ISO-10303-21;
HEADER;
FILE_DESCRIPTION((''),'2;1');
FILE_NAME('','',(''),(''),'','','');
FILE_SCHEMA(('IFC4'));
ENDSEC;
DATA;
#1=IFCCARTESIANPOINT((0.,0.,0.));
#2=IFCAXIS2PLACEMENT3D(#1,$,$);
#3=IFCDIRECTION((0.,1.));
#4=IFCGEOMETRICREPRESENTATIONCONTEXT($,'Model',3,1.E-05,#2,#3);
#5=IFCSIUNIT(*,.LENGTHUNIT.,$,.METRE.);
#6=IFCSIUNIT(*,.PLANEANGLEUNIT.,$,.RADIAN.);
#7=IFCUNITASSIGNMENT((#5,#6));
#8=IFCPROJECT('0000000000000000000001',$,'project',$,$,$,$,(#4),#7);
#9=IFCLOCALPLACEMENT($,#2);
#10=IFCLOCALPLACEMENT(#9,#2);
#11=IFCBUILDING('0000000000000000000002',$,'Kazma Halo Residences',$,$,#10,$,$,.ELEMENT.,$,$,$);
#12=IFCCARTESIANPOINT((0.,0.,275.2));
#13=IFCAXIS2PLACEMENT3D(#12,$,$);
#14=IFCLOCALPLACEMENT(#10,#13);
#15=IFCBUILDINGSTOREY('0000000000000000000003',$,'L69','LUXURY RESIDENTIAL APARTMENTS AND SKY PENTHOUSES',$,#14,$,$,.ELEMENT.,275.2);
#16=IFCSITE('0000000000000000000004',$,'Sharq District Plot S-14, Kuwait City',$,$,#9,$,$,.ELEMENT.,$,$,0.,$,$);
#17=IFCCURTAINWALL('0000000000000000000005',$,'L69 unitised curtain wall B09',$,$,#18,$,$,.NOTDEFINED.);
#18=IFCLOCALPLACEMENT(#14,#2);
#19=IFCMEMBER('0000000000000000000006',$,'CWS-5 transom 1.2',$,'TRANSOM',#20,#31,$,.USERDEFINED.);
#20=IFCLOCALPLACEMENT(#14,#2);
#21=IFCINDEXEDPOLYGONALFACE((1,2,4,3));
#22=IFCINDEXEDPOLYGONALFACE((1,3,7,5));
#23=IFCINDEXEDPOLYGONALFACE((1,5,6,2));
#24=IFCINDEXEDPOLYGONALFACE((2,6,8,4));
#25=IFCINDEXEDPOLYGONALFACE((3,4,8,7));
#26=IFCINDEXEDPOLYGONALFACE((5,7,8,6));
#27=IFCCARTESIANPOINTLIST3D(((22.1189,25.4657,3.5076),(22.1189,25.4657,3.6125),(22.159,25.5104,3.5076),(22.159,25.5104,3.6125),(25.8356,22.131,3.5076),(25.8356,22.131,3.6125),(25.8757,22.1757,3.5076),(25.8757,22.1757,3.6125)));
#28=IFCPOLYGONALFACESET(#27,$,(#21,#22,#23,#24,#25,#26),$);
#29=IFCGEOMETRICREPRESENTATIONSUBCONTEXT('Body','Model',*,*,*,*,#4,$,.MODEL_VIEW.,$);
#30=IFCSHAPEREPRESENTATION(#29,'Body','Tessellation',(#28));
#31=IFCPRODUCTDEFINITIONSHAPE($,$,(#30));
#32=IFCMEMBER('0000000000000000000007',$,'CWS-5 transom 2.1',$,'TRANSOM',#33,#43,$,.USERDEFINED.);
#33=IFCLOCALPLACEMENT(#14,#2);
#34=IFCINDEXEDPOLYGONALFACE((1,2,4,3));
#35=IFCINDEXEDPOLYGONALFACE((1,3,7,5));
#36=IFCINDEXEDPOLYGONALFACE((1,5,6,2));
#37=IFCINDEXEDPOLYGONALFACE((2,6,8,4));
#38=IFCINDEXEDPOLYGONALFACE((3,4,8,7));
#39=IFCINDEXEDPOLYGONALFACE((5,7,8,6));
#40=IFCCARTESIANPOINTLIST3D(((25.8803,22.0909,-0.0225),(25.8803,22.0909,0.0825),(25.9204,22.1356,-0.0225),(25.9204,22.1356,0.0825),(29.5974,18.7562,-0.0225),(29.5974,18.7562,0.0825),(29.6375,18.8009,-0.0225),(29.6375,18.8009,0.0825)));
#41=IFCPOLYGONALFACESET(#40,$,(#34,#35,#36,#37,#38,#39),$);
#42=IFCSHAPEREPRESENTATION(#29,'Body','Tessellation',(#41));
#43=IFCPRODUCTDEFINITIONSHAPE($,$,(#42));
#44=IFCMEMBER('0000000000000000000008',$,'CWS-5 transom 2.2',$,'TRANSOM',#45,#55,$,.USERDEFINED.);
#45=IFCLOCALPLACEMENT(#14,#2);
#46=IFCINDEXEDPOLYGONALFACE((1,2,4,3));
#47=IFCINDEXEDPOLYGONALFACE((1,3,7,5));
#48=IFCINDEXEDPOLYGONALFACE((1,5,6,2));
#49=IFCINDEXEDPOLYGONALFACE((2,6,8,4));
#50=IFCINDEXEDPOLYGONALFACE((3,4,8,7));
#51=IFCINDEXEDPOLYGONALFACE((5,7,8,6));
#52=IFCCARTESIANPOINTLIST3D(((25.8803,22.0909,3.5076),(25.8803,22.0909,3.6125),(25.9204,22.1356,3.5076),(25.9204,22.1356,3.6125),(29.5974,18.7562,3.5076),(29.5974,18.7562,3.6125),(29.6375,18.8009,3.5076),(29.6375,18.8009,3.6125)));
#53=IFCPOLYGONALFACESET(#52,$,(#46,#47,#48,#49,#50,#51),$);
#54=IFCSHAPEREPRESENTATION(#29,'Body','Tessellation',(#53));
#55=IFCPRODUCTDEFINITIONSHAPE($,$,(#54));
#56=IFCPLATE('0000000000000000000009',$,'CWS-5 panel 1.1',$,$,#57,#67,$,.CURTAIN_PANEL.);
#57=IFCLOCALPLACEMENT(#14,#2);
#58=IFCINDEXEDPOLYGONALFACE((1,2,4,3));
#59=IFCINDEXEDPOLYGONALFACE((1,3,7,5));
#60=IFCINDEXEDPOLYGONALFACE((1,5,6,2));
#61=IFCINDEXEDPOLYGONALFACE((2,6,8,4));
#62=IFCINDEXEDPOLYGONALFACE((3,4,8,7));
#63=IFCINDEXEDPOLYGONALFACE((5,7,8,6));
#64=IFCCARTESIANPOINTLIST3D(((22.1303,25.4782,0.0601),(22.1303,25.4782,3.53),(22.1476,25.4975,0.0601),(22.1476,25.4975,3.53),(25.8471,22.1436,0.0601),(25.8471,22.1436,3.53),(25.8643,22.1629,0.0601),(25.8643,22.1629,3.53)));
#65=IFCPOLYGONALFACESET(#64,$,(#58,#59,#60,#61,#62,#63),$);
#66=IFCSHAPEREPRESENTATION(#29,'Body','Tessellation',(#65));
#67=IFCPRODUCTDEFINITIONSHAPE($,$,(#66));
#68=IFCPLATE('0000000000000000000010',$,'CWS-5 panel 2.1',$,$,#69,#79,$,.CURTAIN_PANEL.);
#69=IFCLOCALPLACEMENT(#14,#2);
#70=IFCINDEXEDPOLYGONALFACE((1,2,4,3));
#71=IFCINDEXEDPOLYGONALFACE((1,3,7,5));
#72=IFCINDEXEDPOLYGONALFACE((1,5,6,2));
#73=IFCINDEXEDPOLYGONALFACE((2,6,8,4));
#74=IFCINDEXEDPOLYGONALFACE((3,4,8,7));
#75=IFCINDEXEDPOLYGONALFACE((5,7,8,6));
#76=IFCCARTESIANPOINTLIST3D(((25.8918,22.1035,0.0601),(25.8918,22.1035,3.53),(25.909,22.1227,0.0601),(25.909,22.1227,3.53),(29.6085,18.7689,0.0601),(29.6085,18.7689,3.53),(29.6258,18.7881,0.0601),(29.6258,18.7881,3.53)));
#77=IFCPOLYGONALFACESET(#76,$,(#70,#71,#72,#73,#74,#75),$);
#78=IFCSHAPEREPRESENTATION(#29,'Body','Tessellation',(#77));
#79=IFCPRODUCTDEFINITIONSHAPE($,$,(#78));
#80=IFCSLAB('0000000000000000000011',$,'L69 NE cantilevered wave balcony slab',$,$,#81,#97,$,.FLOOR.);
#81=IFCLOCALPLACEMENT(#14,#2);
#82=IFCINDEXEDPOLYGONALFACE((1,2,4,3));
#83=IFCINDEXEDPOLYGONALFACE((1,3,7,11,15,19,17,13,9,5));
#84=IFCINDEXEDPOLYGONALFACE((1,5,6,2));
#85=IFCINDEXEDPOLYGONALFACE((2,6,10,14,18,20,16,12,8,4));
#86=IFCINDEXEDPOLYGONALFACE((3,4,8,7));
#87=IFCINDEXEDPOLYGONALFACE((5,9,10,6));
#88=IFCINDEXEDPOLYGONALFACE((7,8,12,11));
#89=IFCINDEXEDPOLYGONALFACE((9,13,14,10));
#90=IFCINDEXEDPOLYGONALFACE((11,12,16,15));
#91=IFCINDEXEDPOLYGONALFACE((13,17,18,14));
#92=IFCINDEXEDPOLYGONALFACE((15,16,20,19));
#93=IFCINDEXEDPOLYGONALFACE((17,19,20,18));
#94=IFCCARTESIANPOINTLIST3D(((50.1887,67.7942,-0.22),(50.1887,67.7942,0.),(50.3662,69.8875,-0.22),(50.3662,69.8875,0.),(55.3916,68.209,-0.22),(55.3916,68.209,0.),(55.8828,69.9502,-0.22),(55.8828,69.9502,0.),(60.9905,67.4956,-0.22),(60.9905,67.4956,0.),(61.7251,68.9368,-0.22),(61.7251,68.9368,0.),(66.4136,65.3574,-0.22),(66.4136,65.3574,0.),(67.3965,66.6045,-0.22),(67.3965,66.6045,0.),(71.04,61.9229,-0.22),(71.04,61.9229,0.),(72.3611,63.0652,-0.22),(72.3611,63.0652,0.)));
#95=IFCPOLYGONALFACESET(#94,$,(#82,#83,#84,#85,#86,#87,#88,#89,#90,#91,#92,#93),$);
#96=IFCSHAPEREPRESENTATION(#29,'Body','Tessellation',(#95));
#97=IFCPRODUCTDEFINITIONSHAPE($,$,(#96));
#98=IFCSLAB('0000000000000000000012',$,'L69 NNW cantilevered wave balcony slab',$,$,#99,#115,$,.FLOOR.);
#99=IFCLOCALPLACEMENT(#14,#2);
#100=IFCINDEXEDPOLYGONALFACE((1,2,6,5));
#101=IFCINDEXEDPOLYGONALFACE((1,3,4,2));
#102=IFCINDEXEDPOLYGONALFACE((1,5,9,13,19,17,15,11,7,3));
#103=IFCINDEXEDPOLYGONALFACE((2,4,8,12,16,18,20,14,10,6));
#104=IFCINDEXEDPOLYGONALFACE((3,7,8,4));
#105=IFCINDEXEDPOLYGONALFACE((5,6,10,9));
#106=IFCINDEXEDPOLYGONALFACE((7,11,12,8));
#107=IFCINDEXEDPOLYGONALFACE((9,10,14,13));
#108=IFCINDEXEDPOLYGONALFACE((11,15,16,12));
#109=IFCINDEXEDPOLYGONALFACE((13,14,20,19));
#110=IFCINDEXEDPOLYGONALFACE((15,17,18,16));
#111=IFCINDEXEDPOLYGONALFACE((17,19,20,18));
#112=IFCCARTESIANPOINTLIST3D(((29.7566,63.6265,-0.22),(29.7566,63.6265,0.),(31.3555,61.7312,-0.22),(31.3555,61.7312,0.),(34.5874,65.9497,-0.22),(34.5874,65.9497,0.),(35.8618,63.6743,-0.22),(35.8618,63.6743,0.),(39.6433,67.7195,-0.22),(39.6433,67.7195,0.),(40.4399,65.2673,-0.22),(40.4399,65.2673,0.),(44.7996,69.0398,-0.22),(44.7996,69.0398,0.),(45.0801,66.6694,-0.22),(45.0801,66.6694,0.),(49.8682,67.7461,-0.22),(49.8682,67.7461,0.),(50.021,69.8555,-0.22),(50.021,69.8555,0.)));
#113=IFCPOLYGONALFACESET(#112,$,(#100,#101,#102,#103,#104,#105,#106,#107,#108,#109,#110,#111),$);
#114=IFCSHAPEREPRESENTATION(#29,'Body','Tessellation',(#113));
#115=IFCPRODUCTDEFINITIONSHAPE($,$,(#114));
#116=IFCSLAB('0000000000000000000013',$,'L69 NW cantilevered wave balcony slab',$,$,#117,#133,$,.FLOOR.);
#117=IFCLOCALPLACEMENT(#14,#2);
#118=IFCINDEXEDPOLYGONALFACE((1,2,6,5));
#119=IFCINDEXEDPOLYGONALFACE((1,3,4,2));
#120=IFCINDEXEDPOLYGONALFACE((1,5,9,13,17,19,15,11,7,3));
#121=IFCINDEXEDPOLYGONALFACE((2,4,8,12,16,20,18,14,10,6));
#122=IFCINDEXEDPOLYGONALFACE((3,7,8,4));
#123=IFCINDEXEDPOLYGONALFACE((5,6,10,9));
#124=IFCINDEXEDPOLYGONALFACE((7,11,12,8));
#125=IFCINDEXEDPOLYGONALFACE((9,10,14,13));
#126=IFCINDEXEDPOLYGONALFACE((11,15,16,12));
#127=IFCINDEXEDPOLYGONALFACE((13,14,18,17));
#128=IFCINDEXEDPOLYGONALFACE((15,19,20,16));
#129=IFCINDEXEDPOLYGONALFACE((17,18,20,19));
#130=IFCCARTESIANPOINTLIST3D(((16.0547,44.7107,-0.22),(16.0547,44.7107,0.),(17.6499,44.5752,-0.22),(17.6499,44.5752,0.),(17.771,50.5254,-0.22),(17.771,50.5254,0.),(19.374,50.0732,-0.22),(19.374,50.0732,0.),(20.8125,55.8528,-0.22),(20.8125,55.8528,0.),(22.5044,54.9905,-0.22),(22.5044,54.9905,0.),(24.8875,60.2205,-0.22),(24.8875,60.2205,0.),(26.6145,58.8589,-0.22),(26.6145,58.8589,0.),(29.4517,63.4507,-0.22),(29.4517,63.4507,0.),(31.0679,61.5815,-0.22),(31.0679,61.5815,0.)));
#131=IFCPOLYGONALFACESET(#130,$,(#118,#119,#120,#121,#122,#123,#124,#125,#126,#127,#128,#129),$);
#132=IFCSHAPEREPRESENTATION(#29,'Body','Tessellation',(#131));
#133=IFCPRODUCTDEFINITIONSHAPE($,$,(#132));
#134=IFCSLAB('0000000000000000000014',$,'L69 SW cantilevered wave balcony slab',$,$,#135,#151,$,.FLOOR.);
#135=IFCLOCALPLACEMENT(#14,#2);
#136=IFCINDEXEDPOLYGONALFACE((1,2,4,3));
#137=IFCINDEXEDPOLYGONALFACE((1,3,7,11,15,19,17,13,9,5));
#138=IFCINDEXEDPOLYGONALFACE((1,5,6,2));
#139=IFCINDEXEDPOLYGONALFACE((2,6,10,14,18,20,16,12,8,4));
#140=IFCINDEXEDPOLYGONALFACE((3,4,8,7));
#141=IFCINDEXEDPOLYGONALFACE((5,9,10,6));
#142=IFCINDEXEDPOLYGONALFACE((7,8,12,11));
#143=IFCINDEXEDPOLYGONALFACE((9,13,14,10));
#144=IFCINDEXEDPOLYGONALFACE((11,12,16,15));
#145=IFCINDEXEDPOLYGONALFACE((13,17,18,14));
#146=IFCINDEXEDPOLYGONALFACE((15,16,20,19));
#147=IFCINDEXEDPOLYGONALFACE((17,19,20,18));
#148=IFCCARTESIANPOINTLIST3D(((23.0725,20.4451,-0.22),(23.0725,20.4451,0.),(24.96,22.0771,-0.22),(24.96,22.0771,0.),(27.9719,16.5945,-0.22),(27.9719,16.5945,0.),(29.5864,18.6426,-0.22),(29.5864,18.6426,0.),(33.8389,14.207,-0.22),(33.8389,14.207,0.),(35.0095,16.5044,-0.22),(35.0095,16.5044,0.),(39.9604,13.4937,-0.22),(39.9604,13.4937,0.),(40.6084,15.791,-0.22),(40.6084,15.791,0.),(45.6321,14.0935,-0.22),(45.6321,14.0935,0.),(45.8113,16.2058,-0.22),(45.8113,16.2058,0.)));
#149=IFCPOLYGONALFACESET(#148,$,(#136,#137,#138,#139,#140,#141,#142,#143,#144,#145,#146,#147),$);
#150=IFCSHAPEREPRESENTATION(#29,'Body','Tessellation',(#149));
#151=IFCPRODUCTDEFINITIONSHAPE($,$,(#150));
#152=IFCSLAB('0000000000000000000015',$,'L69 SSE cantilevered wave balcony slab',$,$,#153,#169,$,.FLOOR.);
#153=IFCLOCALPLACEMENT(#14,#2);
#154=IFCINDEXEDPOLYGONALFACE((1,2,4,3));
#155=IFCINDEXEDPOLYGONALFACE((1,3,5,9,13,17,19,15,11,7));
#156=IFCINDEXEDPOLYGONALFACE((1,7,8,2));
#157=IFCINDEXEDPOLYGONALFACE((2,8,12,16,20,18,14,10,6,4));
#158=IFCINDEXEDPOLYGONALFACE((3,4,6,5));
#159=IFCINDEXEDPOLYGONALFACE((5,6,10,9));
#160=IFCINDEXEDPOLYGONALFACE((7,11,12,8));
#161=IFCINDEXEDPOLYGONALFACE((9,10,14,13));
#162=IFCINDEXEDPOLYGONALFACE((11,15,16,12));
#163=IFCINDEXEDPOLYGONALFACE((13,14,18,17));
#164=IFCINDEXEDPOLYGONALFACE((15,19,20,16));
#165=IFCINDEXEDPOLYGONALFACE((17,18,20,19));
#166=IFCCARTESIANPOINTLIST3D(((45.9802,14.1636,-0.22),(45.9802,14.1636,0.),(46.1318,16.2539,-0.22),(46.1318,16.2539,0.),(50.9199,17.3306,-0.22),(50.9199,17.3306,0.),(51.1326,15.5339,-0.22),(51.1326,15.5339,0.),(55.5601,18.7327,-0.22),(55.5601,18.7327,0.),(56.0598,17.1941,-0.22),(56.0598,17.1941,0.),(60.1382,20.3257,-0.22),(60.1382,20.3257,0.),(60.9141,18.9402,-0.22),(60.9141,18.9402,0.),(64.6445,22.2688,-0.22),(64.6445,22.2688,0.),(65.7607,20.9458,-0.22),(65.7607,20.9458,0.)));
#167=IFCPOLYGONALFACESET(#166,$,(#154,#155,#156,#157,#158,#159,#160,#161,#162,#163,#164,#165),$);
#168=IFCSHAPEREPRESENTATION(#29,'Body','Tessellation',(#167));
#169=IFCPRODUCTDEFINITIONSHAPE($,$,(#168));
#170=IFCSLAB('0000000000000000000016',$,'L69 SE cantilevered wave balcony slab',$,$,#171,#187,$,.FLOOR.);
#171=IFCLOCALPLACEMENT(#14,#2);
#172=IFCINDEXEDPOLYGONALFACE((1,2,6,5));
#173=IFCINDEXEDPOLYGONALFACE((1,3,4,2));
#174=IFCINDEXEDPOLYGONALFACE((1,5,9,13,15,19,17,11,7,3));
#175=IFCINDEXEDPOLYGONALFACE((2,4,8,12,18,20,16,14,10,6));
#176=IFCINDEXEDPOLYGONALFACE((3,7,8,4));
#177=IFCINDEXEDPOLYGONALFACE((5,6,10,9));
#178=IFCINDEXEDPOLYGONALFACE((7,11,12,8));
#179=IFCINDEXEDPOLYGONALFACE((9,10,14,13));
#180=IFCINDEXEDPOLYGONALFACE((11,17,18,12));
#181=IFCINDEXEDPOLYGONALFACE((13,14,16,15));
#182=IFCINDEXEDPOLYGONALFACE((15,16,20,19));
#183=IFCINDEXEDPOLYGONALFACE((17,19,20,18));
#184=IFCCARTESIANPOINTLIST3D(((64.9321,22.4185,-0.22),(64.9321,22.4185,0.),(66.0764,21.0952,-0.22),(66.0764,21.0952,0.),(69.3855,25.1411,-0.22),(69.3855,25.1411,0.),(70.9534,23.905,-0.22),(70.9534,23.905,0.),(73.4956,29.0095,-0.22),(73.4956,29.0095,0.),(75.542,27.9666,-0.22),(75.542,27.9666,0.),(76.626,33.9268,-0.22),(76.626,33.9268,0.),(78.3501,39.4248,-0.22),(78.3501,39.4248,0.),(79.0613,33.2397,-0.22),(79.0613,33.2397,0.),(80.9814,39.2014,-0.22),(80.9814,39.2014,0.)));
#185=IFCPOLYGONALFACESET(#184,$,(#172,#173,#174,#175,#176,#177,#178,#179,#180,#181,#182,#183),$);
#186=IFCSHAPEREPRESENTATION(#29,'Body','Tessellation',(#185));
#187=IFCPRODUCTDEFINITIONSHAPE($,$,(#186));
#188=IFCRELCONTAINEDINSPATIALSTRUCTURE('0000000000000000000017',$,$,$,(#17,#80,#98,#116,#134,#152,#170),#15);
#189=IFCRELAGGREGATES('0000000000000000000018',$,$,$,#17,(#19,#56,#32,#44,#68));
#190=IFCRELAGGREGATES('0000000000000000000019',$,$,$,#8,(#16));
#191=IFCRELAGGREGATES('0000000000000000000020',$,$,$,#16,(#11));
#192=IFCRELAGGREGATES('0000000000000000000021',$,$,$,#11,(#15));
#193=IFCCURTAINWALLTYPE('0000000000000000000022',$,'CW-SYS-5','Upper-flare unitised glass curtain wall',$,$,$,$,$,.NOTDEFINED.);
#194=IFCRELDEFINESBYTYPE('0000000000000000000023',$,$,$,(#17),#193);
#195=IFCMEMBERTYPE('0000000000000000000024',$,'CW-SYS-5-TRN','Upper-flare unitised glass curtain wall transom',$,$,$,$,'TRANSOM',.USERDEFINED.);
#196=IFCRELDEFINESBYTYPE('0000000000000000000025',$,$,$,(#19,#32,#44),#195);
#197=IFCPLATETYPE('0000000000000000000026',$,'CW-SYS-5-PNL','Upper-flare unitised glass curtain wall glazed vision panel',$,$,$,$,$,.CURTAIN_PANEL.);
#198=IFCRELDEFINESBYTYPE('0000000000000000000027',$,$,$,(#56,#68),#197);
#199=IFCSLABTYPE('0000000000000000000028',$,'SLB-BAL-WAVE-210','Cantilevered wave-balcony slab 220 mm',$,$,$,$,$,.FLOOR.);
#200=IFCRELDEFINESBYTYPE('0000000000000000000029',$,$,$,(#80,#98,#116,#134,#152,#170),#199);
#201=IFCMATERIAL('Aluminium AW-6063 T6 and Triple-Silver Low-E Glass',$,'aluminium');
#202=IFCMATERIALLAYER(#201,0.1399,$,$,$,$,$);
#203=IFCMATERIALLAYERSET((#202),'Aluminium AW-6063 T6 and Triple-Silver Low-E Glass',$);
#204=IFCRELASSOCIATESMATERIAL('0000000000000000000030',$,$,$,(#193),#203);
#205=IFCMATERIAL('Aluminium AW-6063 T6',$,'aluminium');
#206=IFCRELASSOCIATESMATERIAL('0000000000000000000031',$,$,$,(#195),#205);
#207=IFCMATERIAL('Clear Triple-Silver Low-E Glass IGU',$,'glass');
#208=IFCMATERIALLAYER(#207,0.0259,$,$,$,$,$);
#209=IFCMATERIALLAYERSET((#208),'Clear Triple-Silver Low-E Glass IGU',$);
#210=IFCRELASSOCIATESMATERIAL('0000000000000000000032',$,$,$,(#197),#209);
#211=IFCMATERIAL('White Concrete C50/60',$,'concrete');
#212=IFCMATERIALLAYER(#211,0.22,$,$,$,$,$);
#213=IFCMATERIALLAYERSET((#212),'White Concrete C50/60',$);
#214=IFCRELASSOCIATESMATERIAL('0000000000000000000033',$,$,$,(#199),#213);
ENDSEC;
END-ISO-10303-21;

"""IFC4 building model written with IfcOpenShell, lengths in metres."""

from ifc_helpers import new_model, si_unit, direction, frame, origin, origin_2d, place, context, subcontext, project, spatial, polyline, rectangle, outline, extrude, material, layer, layer_set, material_profile, profile_set, type_object, element, aggregate, save


model = new_model("IFC4")

# Units and contexts
model_context = context("Model", 3, precision=1e-05, world=origin(), true_north=direction((0.0, 1.0)))
body_context = subcontext(model_context, "Body", "Model", "MODEL_VIEW")
ifc_project = project(units=[si_unit("LENGTHUNIT", "METRE"), si_unit("PLANEANGLEUNIT", "RADIAN")], contexts=[model_context])

# Site, building, storey
site_placement = place(None, origin())
site = spatial("IfcSite", under=ifc_project, at=site_placement, Name="Sharq District Plot S-14, Kuwait City", CompositionType="ELEMENT", RefElevation=0.0)
building_placement = place(site_placement, origin())
building = spatial("IfcBuilding", under=site, at=building_placement, Name="Kazma Halo Residences", CompositionType="ELEMENT")
storey_placement = place(building_placement, frame((0.0, 0.0, 275.2)))
storey = spatial("IfcBuildingStorey", under=building, at=storey_placement, Name="L69", Description="LUXURY RESIDENTIAL APARTMENTS AND SKY PENTHOUSES", CompositionType="ELEMENT", Elevation=275.2)

# Curtain wall, members, plates
ifc_material_1 = material(Name="Aluminium AW-6063 T6 and Triple-Silver Low-E Glass", Category="aluminium")
ifc_layer_1 = layer(ifc_material_1, 0.1399)
ifc_layer_set_1 = layer_set([ifc_layer_1], Name="Aluminium AW-6063 T6 and Triple-Silver Low-E Glass")
curtain_wall_type = type_object("IfcCurtainWallType", Name="CW-SYS-5", Description="Upper-flare unitised glass curtain wall", PredefinedType="NOTDEFINED", material=ifc_layer_set_1)
curtain_wall_placement = place(storey_placement, origin())
curtain_wall = element("IfcCurtainWall", 1, at=curtain_wall_placement, inside=storey, type_object=curtain_wall_type, Name="L69 unitised curtain wall B09", PredefinedType="NOTDEFINED")
ifc_material_2 = material(Name="Aluminium AW-6063 T6", Category="aluminium")
ifc_material_profile_1 = material_profile(ifc_material_2, rectangle(XDim=0.0601, YDim=0.105, at=origin_2d()), Name="CWT-60x105")
ifc_profile_set_1 = profile_set([ifc_material_profile_1], Name="Aluminium AW-6063 T6")
member_type_1 = type_object("IfcMemberType", Name="CW-SYS-5-TRN", Description="Upper-flare unitised glass curtain wall transom", ElementType="TRANSOM", PredefinedType="USERDEFINED", material=ifc_profile_set_1)
member_1_placement = place(storey_placement, frame((22.1389, 25.488, 3.5601), z_axis=(0.744329, -0.667813, 0.0), x_axis=(0.667813, 0.744329, 0.0)))
member_1 = element("IfcMember", 2, at=member_1_placement, type_object=member_type_1, Name="CWS-5 transom 1.2", ObjectType="TRANSOM", PredefinedType="USERDEFINED", context=body_context, shape_type="SweptSolid", body=[
    extrude(rectangle(XDim=0.0601, YDim=0.105, at=origin_2d()), origin(), (0.0, 0.0, 1.0), 4.9934),
])
member_2_placement = place(storey_placement, frame((25.9004, 22.1133, 0.03), z_axis=(0.744351, -0.667789, 0.0), x_axis=(0.667789, 0.744351, 0.0)))
member_2 = element("IfcMember", 3, at=member_2_placement, type_object=member_type_1, Name="CWS-5 transom 2.1", ObjectType="TRANSOM", PredefinedType="USERDEFINED", context=body_context, shape_type="SweptSolid", body=[
    extrude(rectangle(XDim=0.0601, YDim=0.105, at=origin_2d()), origin(), (0.0, 0.0, 1.0), 4.9937),
])
member_3_placement = place(storey_placement, frame((25.9004, 22.1133, 3.5601), z_axis=(0.744351, -0.667789, 0.0), x_axis=(0.667789, 0.744351, 0.0)))
member_3 = element("IfcMember", 4, at=member_3_placement, type_object=member_type_1, Name="CWS-5 transom 2.2", ObjectType="TRANSOM", PredefinedType="USERDEFINED", context=body_context, shape_type="SweptSolid", body=[
    extrude(rectangle(XDim=0.0601, YDim=0.105, at=origin_2d()), origin(), (0.0, 0.0, 1.0), 4.9937),
])
ifc_material_3 = material(Name="Clear Triple-Silver Low-E Glass IGU", Category="glass")
ifc_layer_2 = layer(ifc_material_3, 0.0259)
ifc_layer_set_2 = layer_set([ifc_layer_2], Name="Clear Triple-Silver Low-E Glass IGU")
plate_type = type_object("IfcPlateType", Name="CW-SYS-5-PNL", Description="Upper-flare unitised glass curtain wall glazed vision panel", PredefinedType="CURTAIN_PANEL", material=ifc_layer_set_2)
plate_1_placement = place(storey_placement, frame((23.9973, 23.8206, 0.0601), z_axis=(0.0, 0.0, 1.0), x_axis=(0.744336, -0.667805, 0.0)))
plate_1 = element("IfcPlate", 5, at=plate_1_placement, type_object=plate_type, Name="CWS-5 panel 1.1", PredefinedType="CURTAIN_PANEL", context=body_context, shape_type="SweptSolid", body=[
    extrude(rectangle(XDim=4.9934, YDim=0.0259, at=origin_2d()), origin(), (0.0, 0.0, 1.0), 3.47),
])
plate_2_placement = place(storey_placement, frame((27.7588, 20.4458, 0.0601), z_axis=(0.0, 0.0, 1.0), x_axis=(0.744336, -0.667805, 0.0)))
plate_2 = element("IfcPlate", 6, at=plate_2_placement, type_object=plate_type, Name="CWS-5 panel 2.1", PredefinedType="CURTAIN_PANEL", context=body_context, shape_type="SweptSolid", body=[
    extrude(rectangle(XDim=4.9934, YDim=0.0259, at=origin_2d()), origin(), (0.0, 0.0, 1.0), 3.47),
])
aggregate(curtain_wall, [member_1, plate_1, member_2, member_3, plate_2])

# Slabs
ifc_material_4 = material(Name="White Concrete C50/60", Category="concrete")
ifc_layer_3 = layer(ifc_material_4, 0.22)
ifc_layer_set_3 = layer_set([ifc_layer_3], Name="White Concrete C50/60")
slab_type_1 = type_object("IfcSlabType", Name="SLB-BAL-WAVE-210", Description="Cantilevered wave-balcony slab 220 mm", PredefinedType="FLOOR", material=ifc_layer_set_3)
slab_1_placement = place(storey_placement, frame((0.0, 0.0, -0.22)))
element("IfcSlab", 7, at=slab_1_placement, inside=storey, type_object=slab_type_1, Name="L69 NE cantilevered wave balcony slab", PredefinedType="FLOOR", context=body_context, shape_type="SweptSolid", body=[
    extrude(outline(polyline([(71.04, 61.9229), (66.4136, 65.3574), (60.9905, 67.4956), (55.3916, 68.209), (50.1887, 67.7942), (50.3662, 69.8875), (55.8828, 69.9502), (61.7251, 68.9368), (67.3965, 66.6045), (72.3611, 63.0652), (71.04, 61.9229)])), origin(), (0.0, 0.0, 1.0), 0.22),
])
slab_2_placement = place(storey_placement, frame((0.0, 0.0, -0.22)))
element("IfcSlab", 8, at=slab_2_placement, inside=storey, type_object=slab_type_1, Name="L69 NNW cantilevered wave balcony slab", PredefinedType="FLOOR", context=body_context, shape_type="SweptSolid", body=[
    extrude(outline(polyline([(49.8682, 67.7461), (45.0801, 66.6694), (40.4399, 65.2673), (35.8618, 63.6743), (31.3555, 61.7312), (29.7566, 63.6265), (34.5874, 65.9497), (39.6433, 67.7195), (44.7996, 69.0398), (50.021, 69.8555), (49.8682, 67.7461)])), origin(), (0.0, 0.0, 1.0), 0.22),
])
slab_3_placement = place(storey_placement, frame((0.0, 0.0, -0.22)))
element("IfcSlab", 9, at=slab_3_placement, inside=storey, type_object=slab_type_1, Name="L69 NW cantilevered wave balcony slab", PredefinedType="FLOOR", context=body_context, shape_type="SweptSolid", body=[
    extrude(outline(polyline([(31.0679, 61.5815), (26.6145, 58.8589), (22.5044, 54.9905), (19.374, 50.0732), (17.6499, 44.5752), (16.0547, 44.7107), (17.771, 50.5254), (20.8125, 55.8528), (24.8875, 60.2205), (29.4517, 63.4507), (31.0679, 61.5815)])), origin(), (0.0, 0.0, 1.0), 0.22),
])
slab_4_placement = place(storey_placement, frame((0.0, 0.0, -0.22)))
element("IfcSlab", 10, at=slab_4_placement, inside=storey, type_object=slab_type_1, Name="L69 SW cantilevered wave balcony slab", PredefinedType="FLOOR", context=body_context, shape_type="SweptSolid", body=[
    extrude(outline(polyline([(24.96, 22.0771), (29.5864, 18.6426), (35.0095, 16.5044), (40.6084, 15.791), (45.8113, 16.2058), (45.6321, 14.0935), (39.9604, 13.4937), (33.8389, 14.207), (27.9719, 16.5945), (23.0725, 20.4451), (24.96, 22.0771)])), origin(), (0.0, 0.0, 1.0), 0.22),
])
slab_5_placement = place(storey_placement, frame((0.0, 0.0, -0.22)))
element("IfcSlab", 11, at=slab_5_placement, inside=storey, type_object=slab_type_1, Name="L69 SSE cantilevered wave balcony slab", PredefinedType="FLOOR", context=body_context, shape_type="SweptSolid", body=[
    extrude(outline(polyline([(46.1318, 16.2539), (50.9199, 17.3306), (55.5601, 18.7327), (60.1382, 20.3257), (64.6445, 22.2688), (65.7607, 20.9458), (60.9141, 18.9402), (56.0598, 17.1941), (51.1326, 15.5339), (45.9802, 14.1636), (46.1318, 16.2539)])), origin(), (0.0, 0.0, 1.0), 0.22),
])
slab_6_placement = place(storey_placement, frame((0.0, 0.0, -0.22)))
element("IfcSlab", 12, at=slab_6_placement, inside=storey, type_object=slab_type_1, Name="L69 SE cantilevered wave balcony slab", PredefinedType="FLOOR", context=body_context, shape_type="SweptSolid", body=[
    extrude(outline(polyline([(64.9321, 22.4185), (69.3855, 25.1411), (73.4956, 29.0095), (76.626, 33.9268), (78.3501, 39.4248), (80.9814, 39.2014), (79.0613, 33.2397), (75.542, 27.9666), (70.9534, 23.905), (66.0764, 21.0952), (64.9321, 22.4185)])), origin(), (0.0, 0.0, 1.0), 0.22),
])

save(model, "model.ifc")
